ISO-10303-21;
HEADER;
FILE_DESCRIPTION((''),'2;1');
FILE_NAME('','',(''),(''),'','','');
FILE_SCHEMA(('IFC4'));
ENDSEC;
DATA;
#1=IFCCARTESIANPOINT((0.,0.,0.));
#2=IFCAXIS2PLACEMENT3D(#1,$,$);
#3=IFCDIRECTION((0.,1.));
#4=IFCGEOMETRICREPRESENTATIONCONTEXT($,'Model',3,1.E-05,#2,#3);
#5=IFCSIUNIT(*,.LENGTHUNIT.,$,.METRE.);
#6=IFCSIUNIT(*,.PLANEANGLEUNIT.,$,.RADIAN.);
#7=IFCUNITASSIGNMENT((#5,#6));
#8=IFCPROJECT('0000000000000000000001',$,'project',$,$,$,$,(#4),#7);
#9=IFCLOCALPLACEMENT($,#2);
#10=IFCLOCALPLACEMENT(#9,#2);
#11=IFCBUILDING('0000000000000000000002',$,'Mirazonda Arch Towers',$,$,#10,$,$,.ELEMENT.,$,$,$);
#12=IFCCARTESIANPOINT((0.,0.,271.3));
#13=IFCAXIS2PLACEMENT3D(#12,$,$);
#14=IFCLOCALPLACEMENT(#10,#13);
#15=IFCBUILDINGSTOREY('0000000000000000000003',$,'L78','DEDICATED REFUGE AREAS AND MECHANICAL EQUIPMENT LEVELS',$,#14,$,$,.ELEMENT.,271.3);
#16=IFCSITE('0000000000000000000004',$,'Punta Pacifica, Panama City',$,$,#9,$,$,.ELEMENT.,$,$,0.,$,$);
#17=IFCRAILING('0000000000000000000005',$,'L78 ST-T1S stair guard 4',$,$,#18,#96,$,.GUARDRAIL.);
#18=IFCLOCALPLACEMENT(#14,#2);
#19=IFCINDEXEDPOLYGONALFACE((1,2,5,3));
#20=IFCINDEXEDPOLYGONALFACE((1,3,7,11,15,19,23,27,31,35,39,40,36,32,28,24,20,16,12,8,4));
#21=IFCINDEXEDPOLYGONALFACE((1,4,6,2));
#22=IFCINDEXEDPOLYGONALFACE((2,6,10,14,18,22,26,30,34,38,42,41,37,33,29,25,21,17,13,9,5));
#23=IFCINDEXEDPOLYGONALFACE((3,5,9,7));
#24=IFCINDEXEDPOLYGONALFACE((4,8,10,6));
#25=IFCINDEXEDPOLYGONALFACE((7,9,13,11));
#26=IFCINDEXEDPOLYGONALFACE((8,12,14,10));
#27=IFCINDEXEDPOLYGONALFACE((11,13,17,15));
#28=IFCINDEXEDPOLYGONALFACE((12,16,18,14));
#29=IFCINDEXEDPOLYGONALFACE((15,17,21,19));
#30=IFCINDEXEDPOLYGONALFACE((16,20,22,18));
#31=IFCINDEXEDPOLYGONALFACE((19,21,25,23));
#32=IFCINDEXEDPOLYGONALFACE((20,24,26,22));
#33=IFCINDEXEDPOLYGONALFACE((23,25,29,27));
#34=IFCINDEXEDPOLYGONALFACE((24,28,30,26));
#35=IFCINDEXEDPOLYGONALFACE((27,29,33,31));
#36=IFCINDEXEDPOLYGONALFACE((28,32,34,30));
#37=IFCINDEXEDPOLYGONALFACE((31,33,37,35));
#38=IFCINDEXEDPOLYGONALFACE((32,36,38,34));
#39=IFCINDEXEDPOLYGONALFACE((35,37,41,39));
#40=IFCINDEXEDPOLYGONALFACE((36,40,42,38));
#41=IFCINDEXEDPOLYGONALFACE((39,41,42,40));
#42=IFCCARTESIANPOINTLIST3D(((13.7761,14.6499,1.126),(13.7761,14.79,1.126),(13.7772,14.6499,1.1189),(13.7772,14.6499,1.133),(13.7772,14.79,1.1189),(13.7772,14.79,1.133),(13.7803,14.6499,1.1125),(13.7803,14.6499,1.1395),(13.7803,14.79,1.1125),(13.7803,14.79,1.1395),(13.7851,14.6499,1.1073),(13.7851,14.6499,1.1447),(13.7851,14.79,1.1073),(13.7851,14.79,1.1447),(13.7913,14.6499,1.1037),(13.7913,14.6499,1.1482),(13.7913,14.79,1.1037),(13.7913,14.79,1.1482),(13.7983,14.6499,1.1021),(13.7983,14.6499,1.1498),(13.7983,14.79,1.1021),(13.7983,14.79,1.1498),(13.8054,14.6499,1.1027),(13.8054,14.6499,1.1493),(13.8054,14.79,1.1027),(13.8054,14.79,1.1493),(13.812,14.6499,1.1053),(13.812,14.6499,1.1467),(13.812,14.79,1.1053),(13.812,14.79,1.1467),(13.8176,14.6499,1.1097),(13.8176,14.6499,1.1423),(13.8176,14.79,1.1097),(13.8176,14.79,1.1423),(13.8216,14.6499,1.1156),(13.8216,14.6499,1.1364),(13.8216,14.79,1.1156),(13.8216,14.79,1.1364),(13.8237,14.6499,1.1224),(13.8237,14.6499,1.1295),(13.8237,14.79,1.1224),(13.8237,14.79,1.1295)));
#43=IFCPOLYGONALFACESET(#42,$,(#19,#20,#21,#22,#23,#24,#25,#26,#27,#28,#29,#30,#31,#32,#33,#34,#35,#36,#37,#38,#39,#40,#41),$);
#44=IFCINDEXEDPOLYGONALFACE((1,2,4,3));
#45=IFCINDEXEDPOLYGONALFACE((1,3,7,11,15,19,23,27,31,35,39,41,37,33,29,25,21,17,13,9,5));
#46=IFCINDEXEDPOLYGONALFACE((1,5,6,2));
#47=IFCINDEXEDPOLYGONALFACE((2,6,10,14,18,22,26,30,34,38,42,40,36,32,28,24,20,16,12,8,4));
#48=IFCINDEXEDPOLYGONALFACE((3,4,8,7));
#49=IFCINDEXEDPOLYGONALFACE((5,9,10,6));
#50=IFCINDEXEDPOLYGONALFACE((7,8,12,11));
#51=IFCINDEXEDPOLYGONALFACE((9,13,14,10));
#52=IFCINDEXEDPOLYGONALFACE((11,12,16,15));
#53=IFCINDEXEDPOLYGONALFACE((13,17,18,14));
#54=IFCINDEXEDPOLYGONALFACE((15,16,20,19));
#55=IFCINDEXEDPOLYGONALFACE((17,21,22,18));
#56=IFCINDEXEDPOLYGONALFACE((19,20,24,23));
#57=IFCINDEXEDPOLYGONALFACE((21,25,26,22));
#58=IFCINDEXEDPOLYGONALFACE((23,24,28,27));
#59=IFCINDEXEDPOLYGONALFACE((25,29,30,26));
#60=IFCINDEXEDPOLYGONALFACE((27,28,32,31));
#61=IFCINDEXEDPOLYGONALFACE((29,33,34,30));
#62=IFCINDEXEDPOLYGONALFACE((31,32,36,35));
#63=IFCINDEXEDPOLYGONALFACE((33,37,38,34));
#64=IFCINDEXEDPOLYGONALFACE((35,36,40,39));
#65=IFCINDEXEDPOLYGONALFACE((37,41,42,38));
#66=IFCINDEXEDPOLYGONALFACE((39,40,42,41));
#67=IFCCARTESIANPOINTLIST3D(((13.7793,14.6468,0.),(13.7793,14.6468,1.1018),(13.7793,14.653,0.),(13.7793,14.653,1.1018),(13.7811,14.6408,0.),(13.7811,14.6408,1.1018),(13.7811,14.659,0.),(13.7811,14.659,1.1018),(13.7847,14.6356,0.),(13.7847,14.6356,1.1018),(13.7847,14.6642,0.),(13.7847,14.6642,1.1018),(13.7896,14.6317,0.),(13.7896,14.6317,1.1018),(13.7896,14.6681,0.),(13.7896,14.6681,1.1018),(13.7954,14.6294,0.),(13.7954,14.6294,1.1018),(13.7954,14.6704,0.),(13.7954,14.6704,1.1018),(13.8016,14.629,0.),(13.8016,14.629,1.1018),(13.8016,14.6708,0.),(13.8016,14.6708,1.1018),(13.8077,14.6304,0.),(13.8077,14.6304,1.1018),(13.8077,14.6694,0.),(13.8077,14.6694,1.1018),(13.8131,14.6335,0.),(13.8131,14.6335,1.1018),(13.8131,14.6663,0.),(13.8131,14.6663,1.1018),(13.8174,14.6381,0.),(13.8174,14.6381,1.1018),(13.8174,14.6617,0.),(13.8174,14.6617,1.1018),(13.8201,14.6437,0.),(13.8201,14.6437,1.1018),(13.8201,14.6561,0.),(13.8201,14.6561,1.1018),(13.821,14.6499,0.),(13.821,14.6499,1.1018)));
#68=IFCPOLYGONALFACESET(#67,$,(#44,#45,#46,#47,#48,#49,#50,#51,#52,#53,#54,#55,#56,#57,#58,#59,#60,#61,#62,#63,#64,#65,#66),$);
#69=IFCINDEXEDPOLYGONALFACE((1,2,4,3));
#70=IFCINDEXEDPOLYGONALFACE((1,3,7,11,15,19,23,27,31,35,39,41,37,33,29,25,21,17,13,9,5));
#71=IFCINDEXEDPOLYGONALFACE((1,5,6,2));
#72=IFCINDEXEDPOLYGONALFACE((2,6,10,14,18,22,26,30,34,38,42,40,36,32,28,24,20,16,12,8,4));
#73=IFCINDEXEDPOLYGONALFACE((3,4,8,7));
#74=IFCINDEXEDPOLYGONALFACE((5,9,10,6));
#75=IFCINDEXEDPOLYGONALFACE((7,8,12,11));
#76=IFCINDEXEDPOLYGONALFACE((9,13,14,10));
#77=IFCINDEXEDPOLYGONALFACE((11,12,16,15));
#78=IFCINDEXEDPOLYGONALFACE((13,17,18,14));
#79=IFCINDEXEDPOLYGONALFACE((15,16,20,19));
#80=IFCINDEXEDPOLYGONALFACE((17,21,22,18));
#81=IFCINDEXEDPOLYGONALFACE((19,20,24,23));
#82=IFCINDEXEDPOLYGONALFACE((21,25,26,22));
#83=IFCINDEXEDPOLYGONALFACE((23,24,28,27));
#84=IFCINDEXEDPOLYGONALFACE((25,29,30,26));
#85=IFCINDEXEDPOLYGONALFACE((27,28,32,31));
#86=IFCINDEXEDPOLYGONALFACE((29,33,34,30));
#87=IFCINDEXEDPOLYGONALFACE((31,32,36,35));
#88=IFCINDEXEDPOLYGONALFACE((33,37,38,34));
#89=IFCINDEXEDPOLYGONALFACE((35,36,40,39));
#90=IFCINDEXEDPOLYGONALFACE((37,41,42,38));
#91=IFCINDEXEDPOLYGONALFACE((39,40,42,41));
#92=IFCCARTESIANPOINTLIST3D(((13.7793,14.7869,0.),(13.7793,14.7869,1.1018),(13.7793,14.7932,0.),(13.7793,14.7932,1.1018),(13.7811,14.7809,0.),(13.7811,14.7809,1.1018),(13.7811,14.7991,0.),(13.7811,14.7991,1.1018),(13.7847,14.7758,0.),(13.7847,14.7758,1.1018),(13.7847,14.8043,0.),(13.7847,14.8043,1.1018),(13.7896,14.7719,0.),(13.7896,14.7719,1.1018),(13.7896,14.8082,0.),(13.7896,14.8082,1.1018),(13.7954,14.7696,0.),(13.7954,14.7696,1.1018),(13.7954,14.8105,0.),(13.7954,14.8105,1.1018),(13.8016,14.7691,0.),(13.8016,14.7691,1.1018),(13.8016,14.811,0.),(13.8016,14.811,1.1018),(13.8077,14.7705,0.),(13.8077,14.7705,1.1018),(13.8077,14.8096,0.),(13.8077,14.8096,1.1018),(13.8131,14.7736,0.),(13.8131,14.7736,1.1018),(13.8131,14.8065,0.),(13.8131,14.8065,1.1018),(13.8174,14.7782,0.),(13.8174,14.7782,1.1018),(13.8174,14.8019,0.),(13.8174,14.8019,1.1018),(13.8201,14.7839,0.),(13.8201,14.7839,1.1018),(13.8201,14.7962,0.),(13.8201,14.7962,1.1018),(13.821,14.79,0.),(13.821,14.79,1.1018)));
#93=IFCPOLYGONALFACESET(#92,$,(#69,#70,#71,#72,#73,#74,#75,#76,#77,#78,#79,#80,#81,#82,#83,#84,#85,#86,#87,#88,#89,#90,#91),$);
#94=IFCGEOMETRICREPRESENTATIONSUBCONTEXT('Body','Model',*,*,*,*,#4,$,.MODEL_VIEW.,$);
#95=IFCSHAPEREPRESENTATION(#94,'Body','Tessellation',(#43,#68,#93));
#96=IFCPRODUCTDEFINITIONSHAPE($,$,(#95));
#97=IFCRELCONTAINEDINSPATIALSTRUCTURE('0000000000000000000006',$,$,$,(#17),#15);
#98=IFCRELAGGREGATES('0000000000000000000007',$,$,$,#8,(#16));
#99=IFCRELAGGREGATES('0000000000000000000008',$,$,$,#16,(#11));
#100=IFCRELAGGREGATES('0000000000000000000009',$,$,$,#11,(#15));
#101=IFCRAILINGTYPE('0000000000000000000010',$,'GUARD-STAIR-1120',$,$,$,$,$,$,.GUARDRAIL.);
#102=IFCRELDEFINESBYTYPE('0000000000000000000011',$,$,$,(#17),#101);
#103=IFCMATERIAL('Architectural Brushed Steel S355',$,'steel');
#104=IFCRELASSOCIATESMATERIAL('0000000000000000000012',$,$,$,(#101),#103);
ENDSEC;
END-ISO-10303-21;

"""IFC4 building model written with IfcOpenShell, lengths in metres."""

from ifc_helpers import new_model, si_unit, direction, frame, origin, origin_2d, place, context, subcontext, project, spatial, circle, extrude, material, type_object, element, save


model = new_model("IFC4")

# Units and contexts
model_context = context("Model", 3, precision=1e-05, world=origin(), true_north=direction((0.0, 1.0)))
body_context = subcontext(model_context, "Body", "Model", "MODEL_VIEW")
ifc_project = project(units=[si_unit("LENGTHUNIT", "METRE"), si_unit("PLANEANGLEUNIT", "RADIAN")], contexts=[model_context])

# Site, building, storey
site_placement = place(None, origin())
site = spatial("IfcSite", under=ifc_project, at=site_placement, Name="Punta Pacifica, Panama City", CompositionType="ELEMENT", RefElevation=0.0)
building_placement = place(site_placement, origin())
building = spatial("IfcBuilding", under=site, at=building_placement, Name="Mirazonda Arch Towers", CompositionType="ELEMENT")
storey_placement = place(building_placement, frame((0.0, 0.0, 271.3)))
storey = spatial("IfcBuildingStorey", under=building, at=storey_placement, Name="L78", Description="DEDICATED REFUGE AREAS AND MECHANICAL EQUIPMENT LEVELS", CompositionType="ELEMENT", Elevation=271.3)

# Shared definitions
ifc_material_1 = material(Name="Architectural Brushed Steel S355", Category="steel")

# Railing
railing_type_1 = type_object("IfcRailingType", Name="GUARD-STAIR-1120", PredefinedType="GUARDRAIL", material=ifc_material_1)
railing_1_placement = place(storey_placement, frame((13.8, 14.6499, 0.0)))
element("IfcRailing", 1, at=railing_1_placement, inside=storey, type_object=railing_type_1, Name="L78 ST-T1S stair guard 4", PredefinedType="GUARDRAIL", context=body_context, shape_type="SweptSolid", body=[
    extrude(circle(Radius=0.0239, at=origin_2d()), frame((0.0, 0.0, 1.126), z_axis=(0.0, 1.0, 0.0), x_axis=(-1.0, 0.0, 0.0)), (0.0, 0.0, 1.0), 0.1401),
    extrude(circle(Radius=0.021, at=origin_2d()), origin(), (0.0, 0.0, 1.0), 1.1018),
    extrude(circle(Radius=0.021, at=origin_2d()), frame((0.0, 0.1401, 0.0)), (0.0, 0.0, 1.0), 1.1018),
])

save(model, "model.ifc")
